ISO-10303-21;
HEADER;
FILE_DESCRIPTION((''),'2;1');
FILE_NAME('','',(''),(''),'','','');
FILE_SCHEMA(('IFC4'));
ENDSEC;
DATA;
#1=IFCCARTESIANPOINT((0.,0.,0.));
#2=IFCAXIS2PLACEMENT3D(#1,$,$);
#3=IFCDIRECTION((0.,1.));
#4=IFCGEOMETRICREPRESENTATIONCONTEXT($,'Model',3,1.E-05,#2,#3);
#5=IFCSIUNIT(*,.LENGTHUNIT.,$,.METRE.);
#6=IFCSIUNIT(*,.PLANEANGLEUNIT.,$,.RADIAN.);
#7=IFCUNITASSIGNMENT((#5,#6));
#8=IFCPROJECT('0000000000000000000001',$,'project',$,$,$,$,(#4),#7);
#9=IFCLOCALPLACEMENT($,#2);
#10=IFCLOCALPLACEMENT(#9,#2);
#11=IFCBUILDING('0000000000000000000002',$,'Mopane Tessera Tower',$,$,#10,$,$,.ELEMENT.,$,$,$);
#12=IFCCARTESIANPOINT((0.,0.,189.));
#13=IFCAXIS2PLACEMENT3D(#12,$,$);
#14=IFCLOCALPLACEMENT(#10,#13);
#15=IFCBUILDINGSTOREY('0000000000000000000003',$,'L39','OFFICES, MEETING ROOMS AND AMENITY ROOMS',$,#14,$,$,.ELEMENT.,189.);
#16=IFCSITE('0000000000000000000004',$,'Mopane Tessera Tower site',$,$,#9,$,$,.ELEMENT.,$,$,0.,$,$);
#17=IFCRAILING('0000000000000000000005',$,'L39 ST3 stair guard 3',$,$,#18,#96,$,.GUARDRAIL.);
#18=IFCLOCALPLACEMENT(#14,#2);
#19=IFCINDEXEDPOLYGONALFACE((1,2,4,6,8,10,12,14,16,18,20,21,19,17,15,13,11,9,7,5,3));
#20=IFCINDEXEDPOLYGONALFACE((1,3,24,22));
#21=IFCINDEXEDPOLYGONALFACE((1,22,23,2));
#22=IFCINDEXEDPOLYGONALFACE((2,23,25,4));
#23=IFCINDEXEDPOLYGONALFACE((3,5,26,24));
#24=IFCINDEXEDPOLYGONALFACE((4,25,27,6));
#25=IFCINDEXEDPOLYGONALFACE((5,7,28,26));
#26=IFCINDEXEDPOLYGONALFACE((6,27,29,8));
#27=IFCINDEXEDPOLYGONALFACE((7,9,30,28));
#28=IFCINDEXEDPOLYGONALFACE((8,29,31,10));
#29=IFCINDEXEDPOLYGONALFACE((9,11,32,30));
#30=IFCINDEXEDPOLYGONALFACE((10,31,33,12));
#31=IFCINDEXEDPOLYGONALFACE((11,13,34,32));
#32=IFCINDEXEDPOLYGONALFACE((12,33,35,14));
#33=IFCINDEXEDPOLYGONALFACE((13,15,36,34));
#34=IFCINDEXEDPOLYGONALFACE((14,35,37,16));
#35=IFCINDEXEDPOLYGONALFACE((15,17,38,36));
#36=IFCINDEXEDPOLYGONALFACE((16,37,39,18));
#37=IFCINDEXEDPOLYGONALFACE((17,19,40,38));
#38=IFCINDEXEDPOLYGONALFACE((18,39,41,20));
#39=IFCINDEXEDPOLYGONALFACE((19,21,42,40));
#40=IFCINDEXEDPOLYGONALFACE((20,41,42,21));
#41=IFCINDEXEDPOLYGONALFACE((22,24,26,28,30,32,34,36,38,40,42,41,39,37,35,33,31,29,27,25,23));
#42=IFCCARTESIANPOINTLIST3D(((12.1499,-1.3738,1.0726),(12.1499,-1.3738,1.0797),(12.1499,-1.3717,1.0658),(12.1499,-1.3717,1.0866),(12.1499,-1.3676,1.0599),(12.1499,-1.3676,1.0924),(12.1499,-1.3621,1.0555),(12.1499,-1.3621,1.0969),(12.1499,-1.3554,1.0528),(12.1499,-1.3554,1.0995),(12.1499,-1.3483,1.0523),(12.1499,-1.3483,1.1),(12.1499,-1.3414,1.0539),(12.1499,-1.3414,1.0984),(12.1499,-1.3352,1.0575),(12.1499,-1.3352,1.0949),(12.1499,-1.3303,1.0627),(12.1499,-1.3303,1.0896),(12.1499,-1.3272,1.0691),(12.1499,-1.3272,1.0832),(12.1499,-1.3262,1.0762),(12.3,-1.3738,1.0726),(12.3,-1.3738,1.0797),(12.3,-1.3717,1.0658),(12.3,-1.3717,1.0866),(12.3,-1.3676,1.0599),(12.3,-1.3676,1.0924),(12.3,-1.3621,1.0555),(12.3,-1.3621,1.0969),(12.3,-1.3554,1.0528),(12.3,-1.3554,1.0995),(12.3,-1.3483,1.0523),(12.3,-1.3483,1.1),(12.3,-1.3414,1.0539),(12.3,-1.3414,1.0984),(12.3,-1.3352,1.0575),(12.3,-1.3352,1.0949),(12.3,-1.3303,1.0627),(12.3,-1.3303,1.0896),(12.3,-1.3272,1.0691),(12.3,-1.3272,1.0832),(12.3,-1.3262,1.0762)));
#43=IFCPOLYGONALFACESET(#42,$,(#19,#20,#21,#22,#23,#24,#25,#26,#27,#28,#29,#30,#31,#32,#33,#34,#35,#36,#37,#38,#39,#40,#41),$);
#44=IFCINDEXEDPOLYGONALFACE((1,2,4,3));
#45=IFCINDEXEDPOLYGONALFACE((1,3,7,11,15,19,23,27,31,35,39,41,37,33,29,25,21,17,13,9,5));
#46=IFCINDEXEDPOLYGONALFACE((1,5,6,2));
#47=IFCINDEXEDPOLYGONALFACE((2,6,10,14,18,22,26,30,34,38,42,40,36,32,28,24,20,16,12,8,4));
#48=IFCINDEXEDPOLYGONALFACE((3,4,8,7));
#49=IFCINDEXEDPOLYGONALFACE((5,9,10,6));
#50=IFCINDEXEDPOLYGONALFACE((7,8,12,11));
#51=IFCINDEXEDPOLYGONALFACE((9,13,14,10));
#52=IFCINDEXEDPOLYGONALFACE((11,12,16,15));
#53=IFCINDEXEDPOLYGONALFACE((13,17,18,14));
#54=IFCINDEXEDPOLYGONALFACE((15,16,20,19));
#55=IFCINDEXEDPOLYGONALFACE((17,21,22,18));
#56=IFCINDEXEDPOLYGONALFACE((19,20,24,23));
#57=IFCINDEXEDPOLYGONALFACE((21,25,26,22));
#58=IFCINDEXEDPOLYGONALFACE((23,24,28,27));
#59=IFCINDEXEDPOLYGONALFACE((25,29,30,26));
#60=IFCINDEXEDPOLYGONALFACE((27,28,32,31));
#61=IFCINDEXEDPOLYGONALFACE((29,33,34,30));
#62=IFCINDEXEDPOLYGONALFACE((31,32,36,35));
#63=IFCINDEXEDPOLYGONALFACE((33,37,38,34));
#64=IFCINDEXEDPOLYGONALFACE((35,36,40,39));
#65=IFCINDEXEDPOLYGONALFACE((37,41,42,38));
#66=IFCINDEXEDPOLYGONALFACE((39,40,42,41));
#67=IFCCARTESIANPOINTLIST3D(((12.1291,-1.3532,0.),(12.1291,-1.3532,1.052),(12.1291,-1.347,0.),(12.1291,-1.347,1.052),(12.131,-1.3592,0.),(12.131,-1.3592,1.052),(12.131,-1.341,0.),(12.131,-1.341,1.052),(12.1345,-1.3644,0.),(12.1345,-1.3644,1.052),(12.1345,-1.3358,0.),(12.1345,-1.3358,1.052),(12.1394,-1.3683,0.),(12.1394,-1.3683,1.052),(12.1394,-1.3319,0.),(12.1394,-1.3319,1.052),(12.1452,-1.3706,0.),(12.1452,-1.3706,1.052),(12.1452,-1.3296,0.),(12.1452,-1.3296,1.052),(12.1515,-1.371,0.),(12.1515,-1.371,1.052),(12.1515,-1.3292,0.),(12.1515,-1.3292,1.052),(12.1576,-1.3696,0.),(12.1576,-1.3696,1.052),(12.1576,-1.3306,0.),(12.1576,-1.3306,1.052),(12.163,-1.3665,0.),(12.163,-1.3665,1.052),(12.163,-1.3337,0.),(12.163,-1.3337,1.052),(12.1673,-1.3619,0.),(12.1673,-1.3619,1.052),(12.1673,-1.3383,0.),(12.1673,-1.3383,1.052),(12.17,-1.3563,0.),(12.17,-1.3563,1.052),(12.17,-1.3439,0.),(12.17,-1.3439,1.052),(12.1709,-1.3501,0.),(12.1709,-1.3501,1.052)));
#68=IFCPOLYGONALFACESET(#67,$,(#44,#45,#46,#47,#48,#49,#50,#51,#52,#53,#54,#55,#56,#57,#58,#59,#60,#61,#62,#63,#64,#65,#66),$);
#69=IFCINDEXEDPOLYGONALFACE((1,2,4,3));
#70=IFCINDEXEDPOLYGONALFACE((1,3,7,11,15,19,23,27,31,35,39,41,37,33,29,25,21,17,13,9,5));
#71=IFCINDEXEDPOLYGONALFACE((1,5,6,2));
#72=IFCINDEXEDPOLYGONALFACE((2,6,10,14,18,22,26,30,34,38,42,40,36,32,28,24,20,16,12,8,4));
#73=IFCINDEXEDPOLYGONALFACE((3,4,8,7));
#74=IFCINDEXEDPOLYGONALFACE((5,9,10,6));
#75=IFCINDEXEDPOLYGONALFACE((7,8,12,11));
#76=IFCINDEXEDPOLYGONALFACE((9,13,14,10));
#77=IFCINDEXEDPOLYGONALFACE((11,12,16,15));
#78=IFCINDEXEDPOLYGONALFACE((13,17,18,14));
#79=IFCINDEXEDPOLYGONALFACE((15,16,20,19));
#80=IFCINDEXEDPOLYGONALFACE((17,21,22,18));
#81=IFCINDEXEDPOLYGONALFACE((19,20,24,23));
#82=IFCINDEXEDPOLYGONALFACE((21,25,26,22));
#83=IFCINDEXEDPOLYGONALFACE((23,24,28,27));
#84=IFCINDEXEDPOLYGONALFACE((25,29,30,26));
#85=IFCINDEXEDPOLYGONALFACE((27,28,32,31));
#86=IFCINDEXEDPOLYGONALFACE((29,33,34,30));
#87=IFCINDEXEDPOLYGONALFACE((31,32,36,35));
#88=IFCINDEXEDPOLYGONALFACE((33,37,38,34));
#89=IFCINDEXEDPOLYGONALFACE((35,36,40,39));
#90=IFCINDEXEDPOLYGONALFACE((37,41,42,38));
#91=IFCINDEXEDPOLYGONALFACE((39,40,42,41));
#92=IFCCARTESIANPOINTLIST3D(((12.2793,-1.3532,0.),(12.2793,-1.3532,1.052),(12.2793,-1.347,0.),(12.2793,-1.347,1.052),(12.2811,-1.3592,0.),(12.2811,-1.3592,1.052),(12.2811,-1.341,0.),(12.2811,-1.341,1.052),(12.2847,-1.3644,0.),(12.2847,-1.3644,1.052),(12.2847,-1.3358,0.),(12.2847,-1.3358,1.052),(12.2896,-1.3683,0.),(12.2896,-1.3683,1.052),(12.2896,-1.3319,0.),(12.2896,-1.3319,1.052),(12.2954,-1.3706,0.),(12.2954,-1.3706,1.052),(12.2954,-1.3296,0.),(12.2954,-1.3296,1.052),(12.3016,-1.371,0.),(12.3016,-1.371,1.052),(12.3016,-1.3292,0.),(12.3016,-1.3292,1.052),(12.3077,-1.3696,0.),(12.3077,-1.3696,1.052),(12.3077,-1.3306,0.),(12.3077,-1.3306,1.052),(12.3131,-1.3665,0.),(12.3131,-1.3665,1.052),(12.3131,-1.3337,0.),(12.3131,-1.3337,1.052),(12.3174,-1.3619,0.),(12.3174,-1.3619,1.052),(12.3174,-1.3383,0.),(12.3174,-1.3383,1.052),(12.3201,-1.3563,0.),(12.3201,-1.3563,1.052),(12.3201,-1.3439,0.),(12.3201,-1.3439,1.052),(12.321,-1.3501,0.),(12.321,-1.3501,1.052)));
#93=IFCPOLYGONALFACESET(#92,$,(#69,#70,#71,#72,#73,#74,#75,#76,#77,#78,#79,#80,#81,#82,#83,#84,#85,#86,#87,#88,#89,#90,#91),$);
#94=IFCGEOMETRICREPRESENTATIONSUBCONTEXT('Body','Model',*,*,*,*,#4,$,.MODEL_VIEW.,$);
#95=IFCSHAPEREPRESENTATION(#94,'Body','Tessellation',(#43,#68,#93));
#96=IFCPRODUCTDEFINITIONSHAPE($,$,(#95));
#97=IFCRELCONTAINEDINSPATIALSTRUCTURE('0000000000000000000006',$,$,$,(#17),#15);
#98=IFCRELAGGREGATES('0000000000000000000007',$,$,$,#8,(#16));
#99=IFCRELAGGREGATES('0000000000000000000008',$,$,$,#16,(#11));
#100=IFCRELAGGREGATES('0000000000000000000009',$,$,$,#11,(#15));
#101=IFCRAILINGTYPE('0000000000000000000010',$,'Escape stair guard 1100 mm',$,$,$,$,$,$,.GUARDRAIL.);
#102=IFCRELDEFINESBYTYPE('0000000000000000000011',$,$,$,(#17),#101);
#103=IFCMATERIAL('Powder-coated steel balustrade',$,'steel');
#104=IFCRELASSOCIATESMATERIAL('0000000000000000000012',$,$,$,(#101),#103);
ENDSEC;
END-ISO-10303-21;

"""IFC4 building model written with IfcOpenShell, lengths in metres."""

from ifc_helpers import new_model, si_unit, direction, frame, origin, origin_2d, place, context, subcontext, project, spatial, circle, extrude, material, type_object, element, save


model = new_model("IFC4")

# Units and contexts
model_context = context("Model", 3, precision=1e-05, world=origin(), true_north=direction((0.0, 1.0)))
body_context = subcontext(model_context, "Body", "Model", "MODEL_VIEW")
ifc_project = project(units=[si_unit("LENGTHUNIT", "METRE"), si_unit("PLANEANGLEUNIT", "RADIAN")], contexts=[model_context])

# Site, building, storey
site_placement = place(None, origin())
site = spatial("IfcSite", under=ifc_project, at=site_placement, Name="Mopane Tessera Tower site", CompositionType="ELEMENT", RefElevation=0.0)
building_placement = place(site_placement, origin())
building = spatial("IfcBuilding", under=site, at=building_placement, Name="Mopane Tessera Tower", CompositionType="ELEMENT")
storey_placement = place(building_placement, frame((0.0, 0.0, 189.0)))
storey = spatial("IfcBuildingStorey", under=building, at=storey_placement, Name="L39", Description="OFFICES, MEETING ROOMS AND AMENITY ROOMS", CompositionType="ELEMENT", Elevation=189.0)

# Railing
ifc_material_1 = material(Name="Powder-coated steel balustrade", Category="steel")
railing_type_1 = type_object("IfcRailingType", Name="Escape stair guard 1100 mm", PredefinedType="GUARDRAIL", material=ifc_material_1)
railing_1_placement = place(storey_placement, frame((12.1499, -1.3501, 0.0)))
element("IfcRailing", 1, at=railing_1_placement, inside=storey, type_object=railing_type_1, Name="L39 ST3 stair guard 3", PredefinedType="GUARDRAIL", context=body_context, shape_type="SweptSolid", body=[
    extrude(circle(Radius=0.0239, at=origin_2d()), frame((0.0, 0.0, 1.0762), z_axis=(1.0, 0.0, 0.0), x_axis=(0.0, 1.0, 0.0)), (0.0, 0.0, 1.0), 0.1501),
    extrude(circle(Radius=0.021, at=origin_2d()), origin(), (0.0, 0.0, 1.0), 1.052),
    extrude(circle(Radius=0.021, at=origin_2d()), frame((0.1501, 0.0, 0.0)), (0.0, 0.0, 1.0), 1.052),
])

save(model, "model.ifc")
